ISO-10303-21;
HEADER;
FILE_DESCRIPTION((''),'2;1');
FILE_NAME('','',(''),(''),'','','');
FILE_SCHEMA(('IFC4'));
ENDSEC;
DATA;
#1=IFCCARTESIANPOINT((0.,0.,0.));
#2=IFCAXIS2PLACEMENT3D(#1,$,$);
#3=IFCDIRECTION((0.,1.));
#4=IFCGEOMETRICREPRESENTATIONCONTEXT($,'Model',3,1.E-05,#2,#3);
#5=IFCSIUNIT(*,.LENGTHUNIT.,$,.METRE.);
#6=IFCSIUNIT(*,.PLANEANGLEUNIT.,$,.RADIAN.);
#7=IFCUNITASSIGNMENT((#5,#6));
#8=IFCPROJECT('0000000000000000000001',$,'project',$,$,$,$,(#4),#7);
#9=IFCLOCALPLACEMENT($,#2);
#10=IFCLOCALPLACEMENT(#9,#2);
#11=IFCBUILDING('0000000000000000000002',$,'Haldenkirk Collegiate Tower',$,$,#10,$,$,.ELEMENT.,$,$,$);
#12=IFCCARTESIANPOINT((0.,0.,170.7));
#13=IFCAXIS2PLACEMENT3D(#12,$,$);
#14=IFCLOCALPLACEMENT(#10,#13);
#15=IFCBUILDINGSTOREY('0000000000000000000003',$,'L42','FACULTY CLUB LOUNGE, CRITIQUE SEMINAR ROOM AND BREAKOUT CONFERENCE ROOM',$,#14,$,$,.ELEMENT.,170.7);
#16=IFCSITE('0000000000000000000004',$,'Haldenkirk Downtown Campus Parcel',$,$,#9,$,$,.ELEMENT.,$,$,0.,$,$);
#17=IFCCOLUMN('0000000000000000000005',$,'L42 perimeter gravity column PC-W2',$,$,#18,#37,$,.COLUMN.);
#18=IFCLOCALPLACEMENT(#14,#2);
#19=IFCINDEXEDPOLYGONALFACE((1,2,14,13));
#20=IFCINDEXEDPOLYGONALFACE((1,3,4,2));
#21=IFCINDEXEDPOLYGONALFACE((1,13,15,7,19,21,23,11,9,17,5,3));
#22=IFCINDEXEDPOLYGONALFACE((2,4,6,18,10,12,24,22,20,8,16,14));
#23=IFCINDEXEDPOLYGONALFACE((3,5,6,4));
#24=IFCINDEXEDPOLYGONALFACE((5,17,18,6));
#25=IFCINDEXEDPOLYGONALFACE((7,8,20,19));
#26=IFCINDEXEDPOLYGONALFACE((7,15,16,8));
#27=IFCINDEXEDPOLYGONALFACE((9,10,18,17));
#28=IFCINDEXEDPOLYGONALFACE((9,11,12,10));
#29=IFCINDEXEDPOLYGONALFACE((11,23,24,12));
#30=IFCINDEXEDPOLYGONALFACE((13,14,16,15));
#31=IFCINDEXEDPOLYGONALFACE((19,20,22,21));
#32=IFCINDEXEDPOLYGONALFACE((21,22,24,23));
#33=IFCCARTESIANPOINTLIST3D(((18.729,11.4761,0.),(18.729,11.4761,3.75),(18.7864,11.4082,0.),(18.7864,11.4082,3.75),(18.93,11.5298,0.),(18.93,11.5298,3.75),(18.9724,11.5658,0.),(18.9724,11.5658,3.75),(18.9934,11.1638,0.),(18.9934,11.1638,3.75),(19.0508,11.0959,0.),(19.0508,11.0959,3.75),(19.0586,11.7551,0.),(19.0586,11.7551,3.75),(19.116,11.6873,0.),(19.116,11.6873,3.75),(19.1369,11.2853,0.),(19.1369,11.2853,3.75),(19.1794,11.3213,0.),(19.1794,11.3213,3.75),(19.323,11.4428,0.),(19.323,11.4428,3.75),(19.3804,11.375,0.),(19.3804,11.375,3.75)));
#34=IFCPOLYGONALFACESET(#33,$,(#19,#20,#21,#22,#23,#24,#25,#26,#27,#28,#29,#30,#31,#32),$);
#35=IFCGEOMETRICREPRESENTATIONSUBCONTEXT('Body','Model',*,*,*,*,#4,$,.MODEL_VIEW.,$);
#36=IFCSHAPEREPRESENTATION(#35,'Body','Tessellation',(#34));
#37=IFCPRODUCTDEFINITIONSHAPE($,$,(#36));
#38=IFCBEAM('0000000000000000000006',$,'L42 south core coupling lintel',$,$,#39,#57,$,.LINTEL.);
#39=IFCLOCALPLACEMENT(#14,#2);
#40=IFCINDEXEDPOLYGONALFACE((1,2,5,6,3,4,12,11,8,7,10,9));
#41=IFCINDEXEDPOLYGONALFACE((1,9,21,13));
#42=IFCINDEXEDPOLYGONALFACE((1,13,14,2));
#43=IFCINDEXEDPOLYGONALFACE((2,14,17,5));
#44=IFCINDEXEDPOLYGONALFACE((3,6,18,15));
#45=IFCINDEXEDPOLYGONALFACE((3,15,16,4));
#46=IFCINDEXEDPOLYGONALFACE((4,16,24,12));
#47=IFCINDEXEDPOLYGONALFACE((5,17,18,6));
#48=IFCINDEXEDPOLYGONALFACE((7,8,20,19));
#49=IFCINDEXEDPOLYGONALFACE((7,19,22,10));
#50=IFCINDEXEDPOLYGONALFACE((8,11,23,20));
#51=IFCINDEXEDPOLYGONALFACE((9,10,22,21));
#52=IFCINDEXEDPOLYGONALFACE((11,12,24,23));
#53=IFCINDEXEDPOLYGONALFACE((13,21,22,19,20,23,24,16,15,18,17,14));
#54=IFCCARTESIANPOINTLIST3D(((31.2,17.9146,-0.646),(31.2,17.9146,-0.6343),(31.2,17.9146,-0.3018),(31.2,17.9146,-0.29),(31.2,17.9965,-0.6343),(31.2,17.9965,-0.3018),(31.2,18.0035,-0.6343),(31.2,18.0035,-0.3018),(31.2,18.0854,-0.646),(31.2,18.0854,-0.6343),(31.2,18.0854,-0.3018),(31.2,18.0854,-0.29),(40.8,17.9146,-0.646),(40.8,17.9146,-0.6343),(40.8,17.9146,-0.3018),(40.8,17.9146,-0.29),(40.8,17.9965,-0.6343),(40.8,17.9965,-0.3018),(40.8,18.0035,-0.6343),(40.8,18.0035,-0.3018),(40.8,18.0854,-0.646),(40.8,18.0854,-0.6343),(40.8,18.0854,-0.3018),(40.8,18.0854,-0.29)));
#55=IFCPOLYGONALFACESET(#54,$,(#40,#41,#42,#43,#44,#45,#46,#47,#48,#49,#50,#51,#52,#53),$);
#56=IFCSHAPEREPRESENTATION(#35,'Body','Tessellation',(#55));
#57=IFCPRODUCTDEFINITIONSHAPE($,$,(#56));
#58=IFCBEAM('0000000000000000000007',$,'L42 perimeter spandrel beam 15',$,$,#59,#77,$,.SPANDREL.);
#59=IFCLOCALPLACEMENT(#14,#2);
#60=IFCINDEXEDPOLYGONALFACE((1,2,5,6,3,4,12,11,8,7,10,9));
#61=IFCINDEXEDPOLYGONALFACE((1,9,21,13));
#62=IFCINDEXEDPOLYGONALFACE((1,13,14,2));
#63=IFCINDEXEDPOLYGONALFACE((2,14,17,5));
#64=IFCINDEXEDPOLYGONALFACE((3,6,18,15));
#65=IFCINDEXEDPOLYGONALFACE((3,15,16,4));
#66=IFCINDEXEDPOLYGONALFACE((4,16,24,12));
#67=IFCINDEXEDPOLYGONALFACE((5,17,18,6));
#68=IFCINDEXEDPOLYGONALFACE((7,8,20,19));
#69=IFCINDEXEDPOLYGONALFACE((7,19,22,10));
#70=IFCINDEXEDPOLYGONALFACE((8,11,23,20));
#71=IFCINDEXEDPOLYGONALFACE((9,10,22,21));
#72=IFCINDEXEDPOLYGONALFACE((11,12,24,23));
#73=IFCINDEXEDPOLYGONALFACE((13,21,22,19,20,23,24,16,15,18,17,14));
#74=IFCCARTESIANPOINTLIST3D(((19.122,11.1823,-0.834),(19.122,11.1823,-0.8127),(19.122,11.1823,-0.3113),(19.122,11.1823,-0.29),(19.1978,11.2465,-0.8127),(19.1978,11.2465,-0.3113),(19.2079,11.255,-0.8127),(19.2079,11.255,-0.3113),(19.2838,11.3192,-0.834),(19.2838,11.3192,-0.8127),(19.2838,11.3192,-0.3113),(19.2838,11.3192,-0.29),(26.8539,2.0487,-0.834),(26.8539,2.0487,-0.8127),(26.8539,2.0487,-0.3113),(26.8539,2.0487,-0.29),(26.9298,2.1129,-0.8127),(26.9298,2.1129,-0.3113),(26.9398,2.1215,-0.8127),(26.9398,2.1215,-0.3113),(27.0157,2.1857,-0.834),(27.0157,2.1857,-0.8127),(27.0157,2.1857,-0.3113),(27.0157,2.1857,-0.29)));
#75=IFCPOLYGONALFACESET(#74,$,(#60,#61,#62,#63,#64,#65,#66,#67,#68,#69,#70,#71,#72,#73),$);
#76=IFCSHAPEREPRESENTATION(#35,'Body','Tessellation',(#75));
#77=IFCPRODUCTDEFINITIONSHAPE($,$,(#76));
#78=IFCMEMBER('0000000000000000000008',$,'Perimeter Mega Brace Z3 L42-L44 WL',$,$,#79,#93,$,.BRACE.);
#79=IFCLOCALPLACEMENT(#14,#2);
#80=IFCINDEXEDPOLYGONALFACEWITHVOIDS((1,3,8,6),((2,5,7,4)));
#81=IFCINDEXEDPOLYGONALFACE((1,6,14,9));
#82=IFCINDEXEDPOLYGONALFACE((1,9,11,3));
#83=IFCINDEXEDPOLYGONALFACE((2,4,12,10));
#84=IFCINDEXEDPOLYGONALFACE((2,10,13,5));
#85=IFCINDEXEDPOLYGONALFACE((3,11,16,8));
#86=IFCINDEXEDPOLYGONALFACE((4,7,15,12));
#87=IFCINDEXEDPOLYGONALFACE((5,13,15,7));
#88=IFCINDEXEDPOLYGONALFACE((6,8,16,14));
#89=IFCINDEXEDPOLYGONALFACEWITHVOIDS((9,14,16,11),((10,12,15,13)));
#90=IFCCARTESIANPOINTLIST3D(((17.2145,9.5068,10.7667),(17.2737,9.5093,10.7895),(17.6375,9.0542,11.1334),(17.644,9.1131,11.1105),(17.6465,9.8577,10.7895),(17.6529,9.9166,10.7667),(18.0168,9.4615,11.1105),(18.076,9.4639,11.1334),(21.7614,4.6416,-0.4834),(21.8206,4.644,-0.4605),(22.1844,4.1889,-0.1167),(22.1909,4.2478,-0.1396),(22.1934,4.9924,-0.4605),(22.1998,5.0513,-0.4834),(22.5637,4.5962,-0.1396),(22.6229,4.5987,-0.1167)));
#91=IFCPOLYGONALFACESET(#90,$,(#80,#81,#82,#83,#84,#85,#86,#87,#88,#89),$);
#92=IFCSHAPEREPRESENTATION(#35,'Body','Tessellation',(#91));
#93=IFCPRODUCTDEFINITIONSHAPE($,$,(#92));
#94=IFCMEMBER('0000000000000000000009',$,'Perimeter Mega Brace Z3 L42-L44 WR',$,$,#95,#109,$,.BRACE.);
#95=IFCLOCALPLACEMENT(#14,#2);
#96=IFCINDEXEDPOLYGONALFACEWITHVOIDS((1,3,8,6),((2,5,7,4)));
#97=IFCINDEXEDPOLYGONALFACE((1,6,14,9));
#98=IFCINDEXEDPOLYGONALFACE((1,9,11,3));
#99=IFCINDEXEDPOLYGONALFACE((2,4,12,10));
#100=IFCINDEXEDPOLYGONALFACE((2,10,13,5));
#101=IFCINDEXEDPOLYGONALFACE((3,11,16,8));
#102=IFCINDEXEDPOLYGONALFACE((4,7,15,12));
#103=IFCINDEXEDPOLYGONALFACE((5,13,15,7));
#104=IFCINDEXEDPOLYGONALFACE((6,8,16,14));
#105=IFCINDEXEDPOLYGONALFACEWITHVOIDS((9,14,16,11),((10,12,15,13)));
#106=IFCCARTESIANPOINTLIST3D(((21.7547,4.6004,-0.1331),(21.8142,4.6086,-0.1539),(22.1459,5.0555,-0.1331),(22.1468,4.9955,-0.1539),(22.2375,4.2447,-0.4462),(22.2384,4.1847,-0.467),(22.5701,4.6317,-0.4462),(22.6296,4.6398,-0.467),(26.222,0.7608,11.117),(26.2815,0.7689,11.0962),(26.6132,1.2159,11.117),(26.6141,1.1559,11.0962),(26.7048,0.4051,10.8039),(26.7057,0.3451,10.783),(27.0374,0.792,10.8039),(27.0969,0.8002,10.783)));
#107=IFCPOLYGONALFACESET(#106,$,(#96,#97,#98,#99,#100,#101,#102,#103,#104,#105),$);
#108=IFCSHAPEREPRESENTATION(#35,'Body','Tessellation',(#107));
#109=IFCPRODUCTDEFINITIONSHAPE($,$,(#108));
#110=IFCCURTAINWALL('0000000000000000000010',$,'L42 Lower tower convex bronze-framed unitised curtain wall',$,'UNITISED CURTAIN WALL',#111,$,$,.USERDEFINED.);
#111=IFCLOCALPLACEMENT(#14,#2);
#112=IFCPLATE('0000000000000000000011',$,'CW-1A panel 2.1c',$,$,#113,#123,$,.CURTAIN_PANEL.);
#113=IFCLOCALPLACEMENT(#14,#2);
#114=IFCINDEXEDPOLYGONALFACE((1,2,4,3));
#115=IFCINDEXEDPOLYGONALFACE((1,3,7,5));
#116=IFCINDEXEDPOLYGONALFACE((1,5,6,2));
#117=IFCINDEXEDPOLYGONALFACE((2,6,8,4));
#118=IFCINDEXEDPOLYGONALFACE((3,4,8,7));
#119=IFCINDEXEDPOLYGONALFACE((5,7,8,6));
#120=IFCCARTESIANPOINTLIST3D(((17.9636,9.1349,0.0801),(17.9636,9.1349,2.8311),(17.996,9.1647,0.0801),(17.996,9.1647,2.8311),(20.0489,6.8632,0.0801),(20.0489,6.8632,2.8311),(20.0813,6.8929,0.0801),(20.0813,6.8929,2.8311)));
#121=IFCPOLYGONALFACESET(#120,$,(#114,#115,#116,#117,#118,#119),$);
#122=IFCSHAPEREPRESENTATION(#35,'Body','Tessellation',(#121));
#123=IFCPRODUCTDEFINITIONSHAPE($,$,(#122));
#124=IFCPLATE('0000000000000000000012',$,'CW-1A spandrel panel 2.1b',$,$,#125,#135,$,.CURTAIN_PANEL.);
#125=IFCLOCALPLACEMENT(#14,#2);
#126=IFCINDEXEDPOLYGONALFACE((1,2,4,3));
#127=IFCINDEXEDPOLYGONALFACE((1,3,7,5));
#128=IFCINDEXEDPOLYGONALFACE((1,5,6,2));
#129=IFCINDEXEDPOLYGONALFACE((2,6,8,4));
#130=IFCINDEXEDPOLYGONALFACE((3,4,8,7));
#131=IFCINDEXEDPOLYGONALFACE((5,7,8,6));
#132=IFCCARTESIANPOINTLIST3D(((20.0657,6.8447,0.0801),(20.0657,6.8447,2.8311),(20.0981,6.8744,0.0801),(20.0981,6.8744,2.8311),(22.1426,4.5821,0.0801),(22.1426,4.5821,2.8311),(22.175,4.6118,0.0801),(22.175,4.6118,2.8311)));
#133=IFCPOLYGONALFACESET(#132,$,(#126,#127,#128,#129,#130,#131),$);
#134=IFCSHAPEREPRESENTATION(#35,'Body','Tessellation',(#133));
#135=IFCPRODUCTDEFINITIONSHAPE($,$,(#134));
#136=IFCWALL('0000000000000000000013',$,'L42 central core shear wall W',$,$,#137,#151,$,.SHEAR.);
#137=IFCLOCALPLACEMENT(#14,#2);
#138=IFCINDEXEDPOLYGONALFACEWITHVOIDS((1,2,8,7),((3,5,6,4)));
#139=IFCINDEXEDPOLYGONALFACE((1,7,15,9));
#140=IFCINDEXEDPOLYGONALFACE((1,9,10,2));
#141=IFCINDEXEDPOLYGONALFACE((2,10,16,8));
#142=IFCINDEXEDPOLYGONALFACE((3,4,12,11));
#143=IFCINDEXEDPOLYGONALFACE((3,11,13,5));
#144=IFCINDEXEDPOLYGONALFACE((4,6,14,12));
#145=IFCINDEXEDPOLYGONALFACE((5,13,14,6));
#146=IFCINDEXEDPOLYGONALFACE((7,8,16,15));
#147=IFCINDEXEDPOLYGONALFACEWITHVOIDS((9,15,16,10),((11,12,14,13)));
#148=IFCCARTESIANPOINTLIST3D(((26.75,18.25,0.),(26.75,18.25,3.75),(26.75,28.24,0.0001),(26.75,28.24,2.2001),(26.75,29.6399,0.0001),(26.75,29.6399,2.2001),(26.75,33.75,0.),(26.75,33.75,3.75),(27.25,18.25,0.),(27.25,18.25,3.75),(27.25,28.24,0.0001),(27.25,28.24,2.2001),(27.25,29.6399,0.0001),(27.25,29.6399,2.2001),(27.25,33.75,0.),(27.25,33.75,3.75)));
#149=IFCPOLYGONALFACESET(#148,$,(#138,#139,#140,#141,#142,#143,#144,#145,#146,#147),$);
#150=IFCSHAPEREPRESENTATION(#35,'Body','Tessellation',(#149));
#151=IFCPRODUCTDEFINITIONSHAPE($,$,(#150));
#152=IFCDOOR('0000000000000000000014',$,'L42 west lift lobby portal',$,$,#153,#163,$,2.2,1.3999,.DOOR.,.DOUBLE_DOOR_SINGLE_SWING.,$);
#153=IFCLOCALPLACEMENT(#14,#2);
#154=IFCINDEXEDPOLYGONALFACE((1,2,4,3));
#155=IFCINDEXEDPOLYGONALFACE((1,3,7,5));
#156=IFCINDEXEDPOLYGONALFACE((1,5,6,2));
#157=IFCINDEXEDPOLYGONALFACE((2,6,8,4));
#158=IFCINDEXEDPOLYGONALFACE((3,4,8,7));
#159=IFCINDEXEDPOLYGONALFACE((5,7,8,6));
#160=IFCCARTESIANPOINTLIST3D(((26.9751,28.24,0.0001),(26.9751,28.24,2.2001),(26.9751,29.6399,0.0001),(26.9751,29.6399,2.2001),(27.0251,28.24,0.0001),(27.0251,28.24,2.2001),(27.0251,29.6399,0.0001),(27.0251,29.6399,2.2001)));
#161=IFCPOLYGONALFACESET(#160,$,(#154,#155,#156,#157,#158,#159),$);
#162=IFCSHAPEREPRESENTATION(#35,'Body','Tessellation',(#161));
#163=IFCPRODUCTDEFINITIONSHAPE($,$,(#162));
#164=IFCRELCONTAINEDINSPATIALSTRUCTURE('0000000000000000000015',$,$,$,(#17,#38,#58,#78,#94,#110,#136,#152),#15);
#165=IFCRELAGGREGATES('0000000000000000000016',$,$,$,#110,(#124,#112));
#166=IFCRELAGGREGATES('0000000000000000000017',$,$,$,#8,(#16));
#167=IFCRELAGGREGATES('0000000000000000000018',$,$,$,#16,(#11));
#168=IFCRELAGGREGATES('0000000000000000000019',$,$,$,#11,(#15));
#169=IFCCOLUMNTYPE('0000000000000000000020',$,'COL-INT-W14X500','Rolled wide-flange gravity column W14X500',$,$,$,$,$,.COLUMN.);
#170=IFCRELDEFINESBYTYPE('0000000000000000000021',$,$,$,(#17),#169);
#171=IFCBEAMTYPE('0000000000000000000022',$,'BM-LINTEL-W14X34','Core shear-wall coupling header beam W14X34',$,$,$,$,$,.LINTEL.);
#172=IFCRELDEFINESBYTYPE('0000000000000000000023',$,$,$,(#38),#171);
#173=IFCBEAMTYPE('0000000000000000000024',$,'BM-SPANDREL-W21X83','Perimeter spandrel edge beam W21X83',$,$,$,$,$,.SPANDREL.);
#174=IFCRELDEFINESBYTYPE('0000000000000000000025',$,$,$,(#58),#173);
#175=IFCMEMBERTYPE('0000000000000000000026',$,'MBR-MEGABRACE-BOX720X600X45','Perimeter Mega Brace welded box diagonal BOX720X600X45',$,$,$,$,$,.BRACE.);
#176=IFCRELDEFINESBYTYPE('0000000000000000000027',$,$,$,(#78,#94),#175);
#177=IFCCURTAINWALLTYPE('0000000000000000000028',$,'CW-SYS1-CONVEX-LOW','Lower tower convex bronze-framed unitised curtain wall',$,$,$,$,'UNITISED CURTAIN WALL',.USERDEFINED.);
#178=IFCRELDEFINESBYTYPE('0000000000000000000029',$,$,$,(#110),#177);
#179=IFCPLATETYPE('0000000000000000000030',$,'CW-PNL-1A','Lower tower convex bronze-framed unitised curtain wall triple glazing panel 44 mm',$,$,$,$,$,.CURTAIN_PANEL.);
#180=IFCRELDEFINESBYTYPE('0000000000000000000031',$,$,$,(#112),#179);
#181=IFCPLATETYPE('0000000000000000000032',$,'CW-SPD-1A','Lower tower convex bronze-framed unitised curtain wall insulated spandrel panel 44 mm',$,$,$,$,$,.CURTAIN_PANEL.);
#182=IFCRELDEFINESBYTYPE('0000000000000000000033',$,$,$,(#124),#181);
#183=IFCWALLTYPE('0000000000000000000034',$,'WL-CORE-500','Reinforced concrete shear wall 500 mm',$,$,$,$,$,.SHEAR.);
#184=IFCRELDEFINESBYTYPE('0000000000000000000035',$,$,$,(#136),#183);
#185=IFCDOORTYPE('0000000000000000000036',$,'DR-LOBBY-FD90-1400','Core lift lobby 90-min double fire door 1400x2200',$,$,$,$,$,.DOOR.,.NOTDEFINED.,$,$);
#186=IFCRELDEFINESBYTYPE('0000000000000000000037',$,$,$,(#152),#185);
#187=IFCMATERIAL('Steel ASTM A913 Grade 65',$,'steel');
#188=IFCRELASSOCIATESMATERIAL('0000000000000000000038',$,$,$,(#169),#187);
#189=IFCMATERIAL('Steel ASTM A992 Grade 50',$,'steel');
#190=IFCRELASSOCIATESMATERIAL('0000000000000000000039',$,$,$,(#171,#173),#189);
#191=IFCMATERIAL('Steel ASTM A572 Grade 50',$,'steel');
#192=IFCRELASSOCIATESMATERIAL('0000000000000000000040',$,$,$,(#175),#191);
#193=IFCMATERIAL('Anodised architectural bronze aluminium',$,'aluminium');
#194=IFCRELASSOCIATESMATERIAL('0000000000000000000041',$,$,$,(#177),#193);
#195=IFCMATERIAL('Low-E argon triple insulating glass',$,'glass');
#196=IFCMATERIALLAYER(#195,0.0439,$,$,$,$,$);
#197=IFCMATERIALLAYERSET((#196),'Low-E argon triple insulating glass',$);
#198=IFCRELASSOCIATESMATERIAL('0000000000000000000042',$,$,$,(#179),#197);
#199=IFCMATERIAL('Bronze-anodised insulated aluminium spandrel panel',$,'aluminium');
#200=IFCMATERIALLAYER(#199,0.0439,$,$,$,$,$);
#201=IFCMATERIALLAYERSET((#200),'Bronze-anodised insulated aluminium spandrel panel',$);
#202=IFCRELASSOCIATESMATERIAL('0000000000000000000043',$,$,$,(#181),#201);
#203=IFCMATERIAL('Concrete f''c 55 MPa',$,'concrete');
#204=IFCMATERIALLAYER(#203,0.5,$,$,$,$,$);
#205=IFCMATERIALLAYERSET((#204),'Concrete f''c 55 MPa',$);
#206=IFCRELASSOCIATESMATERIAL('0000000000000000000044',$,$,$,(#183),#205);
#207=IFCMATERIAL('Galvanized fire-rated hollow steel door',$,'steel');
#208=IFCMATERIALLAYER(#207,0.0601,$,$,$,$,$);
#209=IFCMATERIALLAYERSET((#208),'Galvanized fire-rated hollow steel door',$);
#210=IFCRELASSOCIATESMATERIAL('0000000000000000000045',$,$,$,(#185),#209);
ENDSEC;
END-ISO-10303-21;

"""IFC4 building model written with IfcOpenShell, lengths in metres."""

from ifc_helpers import new_model, si_unit, direction, frame, frame_2d, origin, origin_2d, place, context, subcontext, project, spatial, rectangle, hollow_rectangle, i_section, extrude, source, transform, mapped, material, layer, layer_set, material_profile, profile_set, type_object, element, fill, aggregate, save


model = new_model("IFC4")

# Units and contexts
model_context = context("Model", 3, precision=1e-05, world=origin(), true_north=direction((0.0, 1.0)))
body_context = subcontext(model_context, "Body", "Model", "MODEL_VIEW")
ifc_project = project(units=[si_unit("LENGTHUNIT", "METRE"), si_unit("PLANEANGLEUNIT", "RADIAN")], contexts=[model_context])

# Site, building, storey
site_placement = place(None, origin())
site = spatial("IfcSite", under=ifc_project, at=site_placement, Name="Haldenkirk Downtown Campus Parcel", CompositionType="ELEMENT", RefElevation=0.0)
building_placement = place(site_placement, origin())
building = spatial("IfcBuilding", under=site, at=building_placement, Name="Haldenkirk Collegiate Tower", CompositionType="ELEMENT")
storey_placement = place(building_placement, frame((0.0, 0.0, 170.7)))
storey = spatial("IfcBuildingStorey", under=building, at=storey_placement, Name="L42", Description="FACULTY CLUB LOUNGE, CRITIQUE SEMINAR ROOM AND BREAKOUT CONFERENCE ROOM", CompositionType="ELEMENT", Elevation=170.7)

# Column
ifc_material_1 = material(Name="Steel ASTM A913 Grade 65", Category="steel")
ifc_material_profile_1 = material_profile(ifc_material_1, i_section(OverallWidth=0.4319, OverallDepth=0.498, WebThickness=0.0557, FlangeThickness=0.0889, at=origin_2d()), Name="W14X500")
ifc_profile_set_1 = profile_set([ifc_material_profile_1], Name="Steel ASTM A913 Grade 65")
column_type = type_object("IfcColumnType", Name="COL-INT-W14X500", Description="Rolled wide-flange gravity column W14X500", PredefinedType="COLUMN", material=ifc_profile_set_1)
column_placement = place(storey_placement, frame((19.0547, 11.4255, 0.0), z_axis=(0.0, 0.0, 1.0), x_axis=(0.763232, 0.646124, 0.0)))
element("IfcColumn", 1, at=column_placement, inside=storey, type_object=column_type, Name="L42 perimeter gravity column PC-W2", PredefinedType="COLUMN", context=body_context, shape_type="SweptSolid", body=[
    extrude(i_section(OverallWidth=0.4319, OverallDepth=0.498, WebThickness=0.0557, FlangeThickness=0.0889, at=origin_2d()), origin(), (0.0, 0.0, 1.0), 3.75),
])

# Beams
ifc_material_2 = material(Name="Steel ASTM A992 Grade 50", Category="steel")
ifc_material_profile_2 = material_profile(ifc_material_2, i_section(OverallWidth=0.1709, OverallDepth=0.356, WebThickness=0.0071, FlangeThickness=0.0117, at=origin_2d()), Name="W14X34")
ifc_profile_set_2 = profile_set([ifc_material_profile_2], Name="Steel ASTM A992 Grade 50")
beam_type_1 = type_object("IfcBeamType", Name="BM-LINTEL-W14X34", Description="Core shear-wall coupling header beam W14X34", PredefinedType="LINTEL", material=ifc_profile_set_2)
beam_1_placement = place(storey_placement, frame((31.2, 18.0, -0.468), z_axis=(1.0, 0.0, 0.0), x_axis=(0.0, 1.0, 0.0)))
element("IfcBeam", 2, at=beam_1_placement, inside=storey, type_object=beam_type_1, Name="L42 south core coupling lintel", PredefinedType="LINTEL", context=body_context, shape_type="SweptSolid", body=[
    extrude(i_section(OverallWidth=0.1709, OverallDepth=0.356, WebThickness=0.0071, FlangeThickness=0.0117, at=origin_2d()), origin(), (0.0, 0.0, 1.0), 9.6001),
])
ifc_material_profile_3 = material_profile(ifc_material_2, i_section(OverallWidth=0.2119, OverallDepth=0.5439, WebThickness=0.0132, FlangeThickness=0.0212, at=origin_2d()), Name="W21X83")
ifc_profile_set_3 = profile_set([ifc_material_profile_3], Name="Steel ASTM A992 Grade 50")
beam_type_2 = type_object("IfcBeamType", Name="BM-SPANDREL-W21X83", Description="Perimeter spandrel edge beam W21X83", PredefinedType="SPANDREL", material=ifc_profile_set_3)
beam_2_placement = place(storey_placement, frame((19.2029, 11.2507, -0.562), z_axis=(0.646115, -0.76324, 0.0), x_axis=(0.76324, 0.646115, 0.0)))
element("IfcBeam", 3, at=beam_2_placement, inside=storey, type_object=beam_type_2, Name="L42 perimeter spandrel beam 15", PredefinedType="SPANDREL", context=body_context, shape_type="SweptSolid", body=[
    extrude(i_section(OverallWidth=0.2119, OverallDepth=0.5439, WebThickness=0.0132, FlangeThickness=0.0212, at=origin_2d()), origin(), (0.0, 0.0, 1.0), 11.9668),
])

# Members
ifc_material_3 = material(Name="Steel ASTM A572 Grade 50", Category="steel")
ifc_material_profile_4 = material_profile(ifc_material_3, hollow_rectangle(XDim=0.6001, YDim=0.72, WallThickness=0.0449, at=origin_2d()), Name="BOX720X600X45")
ifc_profile_set_4 = profile_set([ifc_material_profile_4], Name="Steel ASTM A572 Grade 50")
member_type = type_object("IfcMemberType", Name="MBR-MEGABRACE-BOX720X600X45", Description="Perimeter Mega Brace welded box diagonal BOX720X600X45", PredefinedType="BRACE", material=ifc_profile_set_4)
member_1_placement = place(storey_placement, frame((22.1921, 4.6201, -0.3), z_axis=(-0.347803, 0.372155, 0.860543), x_axis=(-0.730606, -0.682799, 0.0)))
element("IfcMember", 4, at=member_1_placement, inside=storey, type_object=member_type, Name="Perimeter Mega Brace Z3 L42-L44 WL", PredefinedType="BRACE", context=body_context, shape_type="SweptSolid", body=[
    extrude(hollow_rectangle(XDim=0.6001, YDim=0.72, WallThickness=0.0449, at=origin_2d()), origin(), (0.0, 0.0, 1.0), 13.0732),
])
member_2_placement = place(storey_placement, frame((22.1921, 4.6201, -0.3), z_axis=(0.351786, -0.302357, 0.885905), x_axis=(0.651818, 0.758375, 0.0)))
element("IfcMember", 5, at=member_2_placement, inside=storey, type_object=member_type, Name="Perimeter Mega Brace Z3 L42-L44 WR", PredefinedType="BRACE", context=body_context, shape_type="SweptSolid", body=[
    extrude(hollow_rectangle(XDim=0.6001, YDim=0.72, WallThickness=0.0449, at=origin_2d()), origin(), (0.0, 0.0, 1.0), 12.699),
])

# Curtain wall, plates
ifc_material_4 = material(Name="Anodised architectural bronze aluminium", Category="aluminium")
curtain_wall_type = type_object("IfcCurtainWallType", Name="CW-SYS1-CONVEX-LOW", Description="Lower tower convex bronze-framed unitised curtain wall", ElementType="UNITISED CURTAIN WALL", PredefinedType="USERDEFINED", material=ifc_material_4)
curtain_wall_placement = place(storey_placement, origin())
curtain_wall = element("IfcCurtainWall", 6, at=curtain_wall_placement, inside=storey, type_object=curtain_wall_type, Name="L42 Lower tower convex bronze-framed unitised curtain wall", ObjectType="UNITISED CURTAIN WALL", PredefinedType="USERDEFINED")
ifc_material_5 = material(Name="Low-E argon triple insulating glass", Category="glass")
ifc_layer_1 = layer(ifc_material_5, 0.0439)
ifc_layer_set_1 = layer_set([ifc_layer_1], Name="Low-E argon triple insulating glass")
plate_type_1 = type_object("IfcPlateType", Name="CW-PNL-1A", Description="Lower tower convex bronze-framed unitised curtain wall triple glazing panel 44 mm", PredefinedType="CURTAIN_PANEL", material=ifc_layer_set_1)
shared_shape_1 = source(origin(), body_context, "Body", "SweptSolid", [
    extrude(rectangle(XDim=3.0837, YDim=0.0439, at=origin_2d()), origin(), (0.0, 0.0, 1.0), 2.751),
])
plate_1_placement = place(storey_placement, frame((19.0225, 8.0139, 0.0801), z_axis=(0.0, 0.0, 1.0), x_axis=(-0.676232, 0.736689, 0.0)))
plate_1 = element("IfcPlate", 7, at=plate_1_placement, type_object=plate_type_1, Name="CW-1A panel 2.1c", PredefinedType="CURTAIN_PANEL", context=body_context, shape_type="MappedRepresentation", body=[
    mapped(shared_shape_1, transform((0.0, 0.0, 0.0), x_axis=(1.0, 0.0, 0.0), y_axis=(0.0, 1.0, 0.0), z_axis=(0.0, 0.0, 1.0), scale=1.0)),
])
ifc_material_6 = material(Name="Bronze-anodised insulated aluminium spandrel panel", Category="aluminium")
ifc_layer_2 = layer(ifc_material_6, 0.0439)
ifc_layer_set_2 = layer_set([ifc_layer_2], Name="Bronze-anodised insulated aluminium spandrel panel")
plate_type_2 = type_object("IfcPlateType", Name="CW-SPD-1A", Description="Lower tower convex bronze-framed unitised curtain wall insulated spandrel panel 44 mm", PredefinedType="CURTAIN_PANEL", material=ifc_layer_set_2)
shared_shape_2 = source(origin(), body_context, "Body", "SweptSolid", [
    extrude(rectangle(XDim=3.0713, YDim=0.0439, at=origin_2d()), origin(), (0.0, 0.0, 1.0), 2.751),
])
plate_2_placement = place(storey_placement, frame((21.1204, 5.7283, 0.0801), z_axis=(0.0, 0.0, 1.0), x_axis=(-0.676232, 0.736689, 0.0)))
plate_2 = element("IfcPlate", 8, at=plate_2_placement, type_object=plate_type_2, Name="CW-1A spandrel panel 2.1b", PredefinedType="CURTAIN_PANEL", context=body_context, shape_type="MappedRepresentation", body=[
    mapped(shared_shape_2, transform((0.0, 0.0, 0.0), x_axis=(1.0, 0.0, 0.0), y_axis=(0.0, 1.0, 0.0), z_axis=(0.0, 0.0, 1.0), scale=1.0)),
])
aggregate(curtain_wall, [plate_2, plate_1])

# Shared definitions
ifc_material_7 = material(Name="Concrete f'c 55 MPa", Category="concrete")
ifc_layer_3 = layer(ifc_material_7, 0.5)
ifc_layer_set_3 = layer_set([ifc_layer_3], Name="Concrete f'c 55 MPa")
wall_type_1 = type_object("IfcWallType", Name="WL-CORE-500", Description="Reinforced concrete shear wall 500 mm", PredefinedType="SHEAR", material=ifc_layer_set_3)
ifc_material_8 = material(Name="Galvanized fire-rated hollow steel door", Category="steel")

# Wall, opening, door
wall_1_placement = place(storey_placement, frame((27.0, 18.25, 0.0), z_axis=(0.0, 0.0, 1.0), x_axis=(0.0, 1.0, 0.0)))
wall_1 = element("IfcWall", 9, at=wall_1_placement, inside=storey, type_object=wall_type_1, Name="L42 central core shear wall W", PredefinedType="SHEAR", context=body_context, shape_type="SweptSolid", body=[
    extrude(rectangle(XDim=15.5, YDim=0.5, at=frame_2d((7.75, 0.0))), origin(), (0.0, 0.0, 1.0), 3.75),
])
opening_1_placement = place(wall_1_placement, frame((9.99, 0.0, 0.0)))
opening_1 = element("IfcOpeningElement", 10, at=opening_1_placement, cuts=wall_1, PredefinedType="OPENING", context=body_context, shape_type="SweptSolid", body=[
    extrude(rectangle(XDim=1.3999, YDim=2.2, at=frame_2d((0.7, 1.1001))), frame((0.0, 0.26, 0.0), z_axis=(0.0, -1.0, 0.0), x_axis=(1.0, 0.0, 0.0)), (0.0, 0.0, 1.0), 0.52),
])
ifc_layer_4 = layer(ifc_material_8, 0.0601)
ifc_layer_set_4 = layer_set([ifc_layer_4], Name="Galvanized fire-rated hollow steel door")
door_type_1 = type_object("IfcDoorType", Name="DR-LOBBY-FD90-1400", Description="Core lift lobby 90-min double fire door 1400x2200", OperationType="NOTDEFINED", PredefinedType="DOOR", material=ifc_layer_set_4)
door_1_placement = place(opening_1_placement, origin())
door_1 = element("IfcDoor", 11, at=door_1_placement, inside=storey, type_object=door_type_1, Name="L42 west lift lobby portal", OperationType="DOUBLE_DOOR_SINGLE_SWING", OverallHeight=2.2, OverallWidth=1.3999, PredefinedType="DOOR", context=body_context, shape_type="SweptSolid", body=[
    extrude(rectangle(XDim=1.3999, YDim=2.2, at=frame_2d((0.7, 1.1001))), frame((0.0, 0.0249, 0.0), z_axis=(0.0, -1.0, 0.0), x_axis=(1.0, 0.0, 0.0)), (0.0, 0.0, 1.0), 0.05),
])
fill(opening_1, door_1)

save(model, "model.ifc")
